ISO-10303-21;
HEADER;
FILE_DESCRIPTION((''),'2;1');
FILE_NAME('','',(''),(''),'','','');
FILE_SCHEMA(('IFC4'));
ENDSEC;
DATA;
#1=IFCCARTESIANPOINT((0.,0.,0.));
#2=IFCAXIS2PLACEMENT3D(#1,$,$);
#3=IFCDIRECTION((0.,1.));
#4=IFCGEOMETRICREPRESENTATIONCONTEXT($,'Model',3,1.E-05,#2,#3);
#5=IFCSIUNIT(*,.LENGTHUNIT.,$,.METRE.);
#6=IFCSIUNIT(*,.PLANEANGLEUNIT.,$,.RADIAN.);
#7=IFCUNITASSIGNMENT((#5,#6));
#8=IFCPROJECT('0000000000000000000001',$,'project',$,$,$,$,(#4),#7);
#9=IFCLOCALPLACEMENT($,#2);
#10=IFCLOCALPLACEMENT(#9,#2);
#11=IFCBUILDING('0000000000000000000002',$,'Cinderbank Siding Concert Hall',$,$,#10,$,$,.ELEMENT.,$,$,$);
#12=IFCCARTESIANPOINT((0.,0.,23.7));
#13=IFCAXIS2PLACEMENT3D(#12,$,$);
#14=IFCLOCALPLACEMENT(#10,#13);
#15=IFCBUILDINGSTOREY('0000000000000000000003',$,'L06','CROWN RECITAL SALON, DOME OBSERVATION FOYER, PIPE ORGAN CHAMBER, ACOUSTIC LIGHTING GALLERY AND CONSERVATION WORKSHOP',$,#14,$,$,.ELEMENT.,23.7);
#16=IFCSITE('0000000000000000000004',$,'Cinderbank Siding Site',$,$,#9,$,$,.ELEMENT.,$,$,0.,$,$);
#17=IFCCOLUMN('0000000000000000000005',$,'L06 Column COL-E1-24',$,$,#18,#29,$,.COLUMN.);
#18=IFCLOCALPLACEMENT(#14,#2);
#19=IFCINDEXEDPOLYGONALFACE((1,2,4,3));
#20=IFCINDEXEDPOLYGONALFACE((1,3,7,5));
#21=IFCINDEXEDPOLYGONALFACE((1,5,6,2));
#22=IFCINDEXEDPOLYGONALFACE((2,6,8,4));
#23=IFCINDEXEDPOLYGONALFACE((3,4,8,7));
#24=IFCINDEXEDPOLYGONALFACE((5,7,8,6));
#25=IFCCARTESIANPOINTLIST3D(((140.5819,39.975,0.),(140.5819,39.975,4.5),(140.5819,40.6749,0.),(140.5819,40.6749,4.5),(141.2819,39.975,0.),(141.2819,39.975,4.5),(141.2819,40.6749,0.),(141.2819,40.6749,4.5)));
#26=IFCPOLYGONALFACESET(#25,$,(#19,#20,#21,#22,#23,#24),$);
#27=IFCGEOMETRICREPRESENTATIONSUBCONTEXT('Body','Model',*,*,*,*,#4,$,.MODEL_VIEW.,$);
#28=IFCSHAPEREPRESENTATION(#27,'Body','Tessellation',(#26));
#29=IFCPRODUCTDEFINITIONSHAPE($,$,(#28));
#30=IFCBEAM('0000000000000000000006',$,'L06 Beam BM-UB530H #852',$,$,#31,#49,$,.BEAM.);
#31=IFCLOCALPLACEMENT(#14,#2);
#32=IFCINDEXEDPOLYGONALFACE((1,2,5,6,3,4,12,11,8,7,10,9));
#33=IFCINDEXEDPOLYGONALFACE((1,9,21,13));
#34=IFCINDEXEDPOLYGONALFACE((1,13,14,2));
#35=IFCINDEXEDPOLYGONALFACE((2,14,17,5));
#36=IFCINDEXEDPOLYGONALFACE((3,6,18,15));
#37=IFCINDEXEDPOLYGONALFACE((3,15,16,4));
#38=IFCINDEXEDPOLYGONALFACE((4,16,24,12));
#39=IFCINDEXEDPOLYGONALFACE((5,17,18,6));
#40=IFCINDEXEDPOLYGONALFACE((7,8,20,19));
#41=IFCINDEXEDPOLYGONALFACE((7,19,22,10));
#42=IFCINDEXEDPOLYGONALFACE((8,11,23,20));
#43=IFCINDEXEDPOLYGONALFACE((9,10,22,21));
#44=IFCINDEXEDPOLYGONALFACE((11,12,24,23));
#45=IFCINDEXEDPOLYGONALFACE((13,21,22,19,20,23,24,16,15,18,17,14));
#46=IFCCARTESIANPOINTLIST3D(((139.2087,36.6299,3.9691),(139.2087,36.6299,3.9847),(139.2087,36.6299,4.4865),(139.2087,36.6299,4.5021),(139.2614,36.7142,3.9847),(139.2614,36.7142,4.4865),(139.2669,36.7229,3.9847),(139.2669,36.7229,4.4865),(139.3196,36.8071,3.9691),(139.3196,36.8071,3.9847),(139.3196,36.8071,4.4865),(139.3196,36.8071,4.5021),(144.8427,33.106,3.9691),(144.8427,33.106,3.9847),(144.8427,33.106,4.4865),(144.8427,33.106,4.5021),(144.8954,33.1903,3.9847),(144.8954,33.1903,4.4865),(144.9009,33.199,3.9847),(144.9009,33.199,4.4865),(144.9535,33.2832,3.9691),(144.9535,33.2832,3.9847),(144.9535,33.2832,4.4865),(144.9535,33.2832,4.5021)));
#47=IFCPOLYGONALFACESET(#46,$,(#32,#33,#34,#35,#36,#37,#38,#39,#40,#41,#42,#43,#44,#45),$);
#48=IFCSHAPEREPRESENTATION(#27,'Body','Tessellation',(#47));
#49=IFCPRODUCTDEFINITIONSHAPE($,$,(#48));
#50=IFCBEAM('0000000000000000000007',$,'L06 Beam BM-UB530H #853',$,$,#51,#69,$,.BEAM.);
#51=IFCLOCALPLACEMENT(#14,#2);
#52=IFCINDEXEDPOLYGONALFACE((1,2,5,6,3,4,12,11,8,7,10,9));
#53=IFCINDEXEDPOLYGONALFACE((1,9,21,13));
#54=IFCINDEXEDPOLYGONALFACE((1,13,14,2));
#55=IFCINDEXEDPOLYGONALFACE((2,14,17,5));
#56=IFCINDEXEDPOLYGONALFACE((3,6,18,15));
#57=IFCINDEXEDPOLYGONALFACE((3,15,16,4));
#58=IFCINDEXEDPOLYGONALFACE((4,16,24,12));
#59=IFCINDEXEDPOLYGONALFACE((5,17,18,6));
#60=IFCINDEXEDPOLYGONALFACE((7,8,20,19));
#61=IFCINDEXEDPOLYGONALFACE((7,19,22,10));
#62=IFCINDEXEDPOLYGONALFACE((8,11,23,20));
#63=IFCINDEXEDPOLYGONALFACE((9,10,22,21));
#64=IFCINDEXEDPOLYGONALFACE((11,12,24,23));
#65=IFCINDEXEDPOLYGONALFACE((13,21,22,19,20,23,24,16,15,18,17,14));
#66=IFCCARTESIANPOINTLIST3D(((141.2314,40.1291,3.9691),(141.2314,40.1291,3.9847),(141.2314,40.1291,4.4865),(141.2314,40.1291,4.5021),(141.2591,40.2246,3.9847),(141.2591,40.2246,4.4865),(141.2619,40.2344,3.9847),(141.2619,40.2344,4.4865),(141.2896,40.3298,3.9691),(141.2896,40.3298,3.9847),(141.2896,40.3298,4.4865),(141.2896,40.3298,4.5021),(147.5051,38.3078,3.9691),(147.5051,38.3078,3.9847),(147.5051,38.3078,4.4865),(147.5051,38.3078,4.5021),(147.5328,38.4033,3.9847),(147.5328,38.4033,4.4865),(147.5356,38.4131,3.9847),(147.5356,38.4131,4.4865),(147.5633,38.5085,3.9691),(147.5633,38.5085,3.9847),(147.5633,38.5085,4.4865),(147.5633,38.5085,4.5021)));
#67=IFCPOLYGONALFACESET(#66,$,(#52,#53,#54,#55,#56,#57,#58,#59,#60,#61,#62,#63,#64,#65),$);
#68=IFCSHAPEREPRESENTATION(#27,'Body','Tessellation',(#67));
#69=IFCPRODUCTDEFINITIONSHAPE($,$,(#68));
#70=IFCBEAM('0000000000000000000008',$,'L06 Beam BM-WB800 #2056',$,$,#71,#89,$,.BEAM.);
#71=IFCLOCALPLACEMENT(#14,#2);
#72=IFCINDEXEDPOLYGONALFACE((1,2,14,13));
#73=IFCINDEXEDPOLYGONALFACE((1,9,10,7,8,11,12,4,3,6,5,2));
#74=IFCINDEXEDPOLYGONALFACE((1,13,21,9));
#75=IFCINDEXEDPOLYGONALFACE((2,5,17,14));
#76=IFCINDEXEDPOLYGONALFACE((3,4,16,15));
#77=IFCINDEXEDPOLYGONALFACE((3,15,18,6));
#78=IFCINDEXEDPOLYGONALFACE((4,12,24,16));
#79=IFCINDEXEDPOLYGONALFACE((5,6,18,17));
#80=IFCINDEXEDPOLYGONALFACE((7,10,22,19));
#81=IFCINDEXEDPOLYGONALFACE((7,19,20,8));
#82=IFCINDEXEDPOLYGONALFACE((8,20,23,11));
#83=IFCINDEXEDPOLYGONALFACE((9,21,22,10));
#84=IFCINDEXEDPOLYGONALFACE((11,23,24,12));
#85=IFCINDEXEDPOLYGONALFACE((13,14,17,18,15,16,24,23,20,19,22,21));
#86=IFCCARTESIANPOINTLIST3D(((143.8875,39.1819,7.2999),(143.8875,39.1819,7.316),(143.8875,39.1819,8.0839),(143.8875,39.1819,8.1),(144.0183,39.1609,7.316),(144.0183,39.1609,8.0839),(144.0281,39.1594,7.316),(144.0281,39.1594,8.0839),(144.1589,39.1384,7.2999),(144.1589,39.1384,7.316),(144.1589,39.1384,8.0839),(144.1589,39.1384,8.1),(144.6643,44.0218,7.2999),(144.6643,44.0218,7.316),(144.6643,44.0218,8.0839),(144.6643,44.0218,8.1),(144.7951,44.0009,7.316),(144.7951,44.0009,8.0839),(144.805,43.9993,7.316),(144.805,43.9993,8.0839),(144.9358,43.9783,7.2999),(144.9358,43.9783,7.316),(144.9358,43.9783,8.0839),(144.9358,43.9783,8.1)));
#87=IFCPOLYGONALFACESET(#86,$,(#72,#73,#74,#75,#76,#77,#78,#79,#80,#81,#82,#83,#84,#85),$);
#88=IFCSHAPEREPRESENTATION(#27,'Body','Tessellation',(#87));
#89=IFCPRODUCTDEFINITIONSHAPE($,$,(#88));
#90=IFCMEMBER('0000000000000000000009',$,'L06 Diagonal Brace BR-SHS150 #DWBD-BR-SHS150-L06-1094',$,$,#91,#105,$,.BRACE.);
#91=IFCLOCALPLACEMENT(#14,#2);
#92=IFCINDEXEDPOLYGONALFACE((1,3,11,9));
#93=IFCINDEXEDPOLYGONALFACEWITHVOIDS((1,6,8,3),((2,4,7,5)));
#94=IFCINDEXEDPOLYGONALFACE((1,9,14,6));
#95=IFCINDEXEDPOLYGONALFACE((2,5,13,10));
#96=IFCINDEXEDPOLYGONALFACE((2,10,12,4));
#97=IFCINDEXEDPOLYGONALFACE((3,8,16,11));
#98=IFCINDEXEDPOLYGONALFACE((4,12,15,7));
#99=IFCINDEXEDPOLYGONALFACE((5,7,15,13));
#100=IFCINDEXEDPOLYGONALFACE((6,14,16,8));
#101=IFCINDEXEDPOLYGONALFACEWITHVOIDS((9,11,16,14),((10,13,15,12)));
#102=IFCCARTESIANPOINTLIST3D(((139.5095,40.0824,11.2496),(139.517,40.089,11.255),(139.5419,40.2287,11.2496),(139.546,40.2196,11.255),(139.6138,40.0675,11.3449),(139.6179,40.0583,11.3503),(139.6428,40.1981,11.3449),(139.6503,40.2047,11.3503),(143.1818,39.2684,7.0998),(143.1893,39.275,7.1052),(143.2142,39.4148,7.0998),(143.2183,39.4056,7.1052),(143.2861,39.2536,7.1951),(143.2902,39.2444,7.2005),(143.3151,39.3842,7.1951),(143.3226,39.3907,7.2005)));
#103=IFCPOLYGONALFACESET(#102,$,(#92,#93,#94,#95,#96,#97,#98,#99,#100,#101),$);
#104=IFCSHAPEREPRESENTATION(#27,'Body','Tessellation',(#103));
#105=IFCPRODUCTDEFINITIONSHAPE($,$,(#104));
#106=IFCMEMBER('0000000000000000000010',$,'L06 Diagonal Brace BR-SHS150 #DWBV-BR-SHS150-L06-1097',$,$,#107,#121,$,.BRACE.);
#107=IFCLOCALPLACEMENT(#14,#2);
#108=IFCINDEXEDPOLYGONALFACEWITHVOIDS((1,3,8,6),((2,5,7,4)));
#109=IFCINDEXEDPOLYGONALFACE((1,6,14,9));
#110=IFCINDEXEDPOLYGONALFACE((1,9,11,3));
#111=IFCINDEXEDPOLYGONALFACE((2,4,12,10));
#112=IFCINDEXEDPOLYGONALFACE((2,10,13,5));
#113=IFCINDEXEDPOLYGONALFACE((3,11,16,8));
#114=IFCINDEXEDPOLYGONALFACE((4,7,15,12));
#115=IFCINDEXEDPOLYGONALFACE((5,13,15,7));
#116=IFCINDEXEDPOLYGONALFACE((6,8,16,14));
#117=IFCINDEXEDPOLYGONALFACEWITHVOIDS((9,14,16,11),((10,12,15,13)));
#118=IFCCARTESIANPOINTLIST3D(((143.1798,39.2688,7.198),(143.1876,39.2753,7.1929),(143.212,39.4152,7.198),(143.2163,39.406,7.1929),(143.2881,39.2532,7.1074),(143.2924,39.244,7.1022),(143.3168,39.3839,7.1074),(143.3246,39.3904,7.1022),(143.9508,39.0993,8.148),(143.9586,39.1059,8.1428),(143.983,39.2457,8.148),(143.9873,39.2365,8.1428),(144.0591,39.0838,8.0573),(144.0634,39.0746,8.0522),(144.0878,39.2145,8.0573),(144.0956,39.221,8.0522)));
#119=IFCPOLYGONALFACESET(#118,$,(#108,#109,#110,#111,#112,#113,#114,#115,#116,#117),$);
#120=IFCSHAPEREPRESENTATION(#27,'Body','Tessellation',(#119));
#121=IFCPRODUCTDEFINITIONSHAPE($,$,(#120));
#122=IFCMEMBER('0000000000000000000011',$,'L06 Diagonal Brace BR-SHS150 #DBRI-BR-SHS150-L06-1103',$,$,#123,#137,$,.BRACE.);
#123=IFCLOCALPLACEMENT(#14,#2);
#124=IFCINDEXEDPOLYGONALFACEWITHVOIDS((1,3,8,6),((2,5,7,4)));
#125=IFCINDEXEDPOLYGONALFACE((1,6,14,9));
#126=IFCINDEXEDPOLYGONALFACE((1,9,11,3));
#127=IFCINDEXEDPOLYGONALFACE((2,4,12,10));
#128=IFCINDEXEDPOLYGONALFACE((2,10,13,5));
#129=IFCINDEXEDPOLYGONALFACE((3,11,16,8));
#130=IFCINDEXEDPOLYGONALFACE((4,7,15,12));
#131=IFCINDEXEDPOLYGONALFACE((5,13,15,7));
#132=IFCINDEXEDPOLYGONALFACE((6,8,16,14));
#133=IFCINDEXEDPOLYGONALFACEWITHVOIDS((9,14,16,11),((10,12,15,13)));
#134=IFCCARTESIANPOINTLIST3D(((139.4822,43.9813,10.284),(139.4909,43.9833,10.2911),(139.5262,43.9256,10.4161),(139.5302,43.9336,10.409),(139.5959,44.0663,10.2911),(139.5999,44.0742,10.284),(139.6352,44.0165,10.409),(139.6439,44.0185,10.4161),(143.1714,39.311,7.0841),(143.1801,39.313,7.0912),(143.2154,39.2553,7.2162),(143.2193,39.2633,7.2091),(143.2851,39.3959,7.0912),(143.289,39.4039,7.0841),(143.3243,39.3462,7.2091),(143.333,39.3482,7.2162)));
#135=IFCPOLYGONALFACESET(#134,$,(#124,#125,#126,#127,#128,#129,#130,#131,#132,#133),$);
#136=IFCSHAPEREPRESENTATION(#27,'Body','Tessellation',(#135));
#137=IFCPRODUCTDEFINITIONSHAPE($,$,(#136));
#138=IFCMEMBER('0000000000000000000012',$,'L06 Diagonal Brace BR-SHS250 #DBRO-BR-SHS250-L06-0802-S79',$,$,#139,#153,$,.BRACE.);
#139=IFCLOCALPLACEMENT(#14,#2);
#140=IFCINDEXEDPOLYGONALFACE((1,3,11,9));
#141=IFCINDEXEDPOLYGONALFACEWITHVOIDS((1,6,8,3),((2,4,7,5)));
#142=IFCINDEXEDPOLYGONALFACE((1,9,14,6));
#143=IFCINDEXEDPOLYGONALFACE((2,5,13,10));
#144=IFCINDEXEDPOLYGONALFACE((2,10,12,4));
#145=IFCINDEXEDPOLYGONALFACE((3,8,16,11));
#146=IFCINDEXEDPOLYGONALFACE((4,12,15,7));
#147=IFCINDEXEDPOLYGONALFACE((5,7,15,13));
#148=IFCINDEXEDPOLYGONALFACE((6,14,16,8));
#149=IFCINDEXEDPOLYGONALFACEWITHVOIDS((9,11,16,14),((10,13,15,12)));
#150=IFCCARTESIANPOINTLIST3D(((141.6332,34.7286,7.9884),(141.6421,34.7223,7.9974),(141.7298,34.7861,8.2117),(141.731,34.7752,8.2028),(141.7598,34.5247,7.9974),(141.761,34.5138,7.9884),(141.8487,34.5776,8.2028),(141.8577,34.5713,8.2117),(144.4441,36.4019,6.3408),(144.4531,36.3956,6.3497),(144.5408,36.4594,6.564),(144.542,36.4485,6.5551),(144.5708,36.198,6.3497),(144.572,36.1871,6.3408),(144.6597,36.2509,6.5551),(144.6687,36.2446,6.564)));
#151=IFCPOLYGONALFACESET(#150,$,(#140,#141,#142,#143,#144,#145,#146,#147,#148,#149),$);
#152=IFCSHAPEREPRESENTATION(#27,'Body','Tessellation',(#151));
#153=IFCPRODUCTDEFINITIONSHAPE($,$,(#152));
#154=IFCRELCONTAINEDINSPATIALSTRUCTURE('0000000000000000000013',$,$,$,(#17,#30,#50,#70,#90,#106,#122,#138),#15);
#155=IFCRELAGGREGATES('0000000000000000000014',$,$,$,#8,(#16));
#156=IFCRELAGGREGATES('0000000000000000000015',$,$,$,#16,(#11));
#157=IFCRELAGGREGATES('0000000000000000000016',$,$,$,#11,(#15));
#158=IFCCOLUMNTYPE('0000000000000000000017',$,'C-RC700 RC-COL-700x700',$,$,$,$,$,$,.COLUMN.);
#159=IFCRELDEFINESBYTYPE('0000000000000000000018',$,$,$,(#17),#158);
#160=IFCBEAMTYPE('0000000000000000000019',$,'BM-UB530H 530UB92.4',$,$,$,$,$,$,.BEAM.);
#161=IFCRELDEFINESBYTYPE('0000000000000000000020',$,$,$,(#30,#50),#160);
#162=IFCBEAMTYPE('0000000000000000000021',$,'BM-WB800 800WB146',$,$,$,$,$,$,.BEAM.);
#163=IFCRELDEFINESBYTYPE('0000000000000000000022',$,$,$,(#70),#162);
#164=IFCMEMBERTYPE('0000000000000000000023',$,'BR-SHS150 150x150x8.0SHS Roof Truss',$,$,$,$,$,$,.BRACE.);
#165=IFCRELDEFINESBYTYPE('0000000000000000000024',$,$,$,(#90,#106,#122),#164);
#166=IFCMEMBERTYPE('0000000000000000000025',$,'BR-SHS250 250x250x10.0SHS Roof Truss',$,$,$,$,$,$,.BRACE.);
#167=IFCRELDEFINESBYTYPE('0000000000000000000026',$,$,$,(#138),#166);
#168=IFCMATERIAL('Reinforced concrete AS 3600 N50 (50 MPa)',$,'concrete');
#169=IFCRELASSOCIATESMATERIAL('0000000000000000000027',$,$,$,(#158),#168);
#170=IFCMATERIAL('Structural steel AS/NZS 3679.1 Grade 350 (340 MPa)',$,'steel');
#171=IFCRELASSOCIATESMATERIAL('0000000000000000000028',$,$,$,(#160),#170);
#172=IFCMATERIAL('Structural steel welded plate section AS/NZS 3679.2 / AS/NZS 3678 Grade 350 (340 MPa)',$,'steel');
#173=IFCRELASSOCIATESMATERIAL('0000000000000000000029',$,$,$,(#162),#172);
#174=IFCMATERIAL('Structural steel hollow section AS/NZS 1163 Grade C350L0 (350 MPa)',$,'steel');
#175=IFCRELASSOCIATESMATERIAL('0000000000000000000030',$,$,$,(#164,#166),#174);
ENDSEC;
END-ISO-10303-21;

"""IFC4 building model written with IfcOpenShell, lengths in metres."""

from ifc_helpers import new_model, si_unit, direction, frame, origin, origin_2d, place, context, subcontext, project, spatial, rectangle, hollow_rectangle, i_section, extrude, material, material_profile, profile_set, type_object, element, save


model = new_model("IFC4")

# Units and contexts
model_context = context("Model", 3, precision=1e-05, world=origin(), true_north=direction((0.0, 1.0)))
body_context = subcontext(model_context, "Body", "Model", "MODEL_VIEW")
ifc_project = project(units=[si_unit("LENGTHUNIT", "METRE"), si_unit("PLANEANGLEUNIT", "RADIAN")], contexts=[model_context])

# Site, building, storey
site_placement = place(None, origin())
site = spatial("IfcSite", under=ifc_project, at=site_placement, Name="Cinderbank Siding Site", CompositionType="ELEMENT", RefElevation=0.0)
building_placement = place(site_placement, origin())
building = spatial("IfcBuilding", under=site, at=building_placement, Name="Cinderbank Siding Concert Hall", CompositionType="ELEMENT")
storey_placement = place(building_placement, frame((0.0, 0.0, 23.7)))
storey = spatial("IfcBuildingStorey", under=building, at=storey_placement, Name="L06", Description="CROWN RECITAL SALON, DOME OBSERVATION FOYER, PIPE ORGAN CHAMBER, ACOUSTIC LIGHTING GALLERY AND CONSERVATION WORKSHOP", CompositionType="ELEMENT", Elevation=23.7)

# Column
ifc_material_1 = material(Name="Reinforced concrete AS 3600 N50 (50 MPa)", Category="concrete")
ifc_material_profile_1 = material_profile(ifc_material_1, rectangle(XDim=0.7, YDim=0.7, at=origin_2d()), Name="RC-COL-700x700", Category="LoadBearing")
ifc_profile_set_1 = profile_set([ifc_material_profile_1], Name="Reinforced concrete AS 3600 N50 (50 MPa)")
column_type = type_object("IfcColumnType", Name="C-RC700 RC-COL-700x700", PredefinedType="COLUMN", material=ifc_profile_set_1)
column_placement = place(storey_placement, frame((140.9319, 40.325, 0.0), z_axis=(0.0, 0.0, 1.0), x_axis=(1.0, 0.0, 0.0)))
element("IfcColumn", 1, at=column_placement, inside=storey, type_object=column_type, Name="L06 Column COL-E1-24", PredefinedType="COLUMN", context=body_context, shape_type="SweptSolid", body=[
    extrude(rectangle(XDim=0.7, YDim=0.7, at=origin_2d()), origin(), (0.0, 0.0, 1.0), 4.5),
])

# Beams
ifc_material_2 = material(Name="Structural steel AS/NZS 3679.1 Grade 350 (340 MPa)", Category="steel")
ifc_material_profile_2 = material_profile(ifc_material_2, i_section(OverallWidth=0.209, OverallDepth=0.533, WebThickness=0.0103, FlangeThickness=0.0156, at=origin_2d()), Name="530UB92.4", Category="LoadBearing")
ifc_profile_set_2 = profile_set([ifc_material_profile_2], Name="Structural steel AS/NZS 3679.1 Grade 350 (340 MPa)")
beam_type_1 = type_object("IfcBeamType", Name="BM-UB530H 530UB92.4", PredefinedType="BEAM", material=ifc_profile_set_2)
beam_1_placement = place(storey_placement, frame((139.2642, 36.7185, 4.2356), z_axis=(0.847819, -0.530286, 0.0), x_axis=(0.530286, 0.847819, 0.0)))
element("IfcBeam", 2, at=beam_1_placement, inside=storey, type_object=beam_type_1, Name="L06 Beam BM-UB530H #852", PredefinedType="BEAM", context=body_context, shape_type="SweptSolid", body=[
    extrude(i_section(OverallWidth=0.209, OverallDepth=0.533, WebThickness=0.0103, FlangeThickness=0.0156, at=origin_2d()), origin(), (0.0, 0.0, 1.0), 6.6453),
])
beam_2_placement = place(storey_placement, frame((141.2605, 40.2295, 4.2356), z_axis=(0.96035, -0.278796, 0.0), x_axis=(0.278796, 0.96035, 0.0)))
element("IfcBeam", 3, at=beam_2_placement, inside=storey, type_object=beam_type_1, Name="L06 Beam BM-UB530H #853", PredefinedType="BEAM", context=body_context, shape_type="SweptSolid", body=[
    extrude(i_section(OverallWidth=0.209, OverallDepth=0.533, WebThickness=0.0103, FlangeThickness=0.0156, at=origin_2d()), origin(), (0.0, 0.0, 1.0), 6.5327),
])
ifc_material_3 = material(Name="Structural steel welded plate section AS/NZS 3679.2 / AS/NZS 3678 Grade 350 (340 MPa)", Category="steel")
ifc_material_profile_3 = material_profile(ifc_material_3, i_section(OverallWidth=0.2749, OverallDepth=0.8, WebThickness=0.01, FlangeThickness=0.0161, at=origin_2d()), Name="800WB146", Category="LoadBearing")
ifc_profile_set_3 = profile_set([ifc_material_profile_3], Name="Structural steel welded plate section AS/NZS 3679.2 / AS/NZS 3678 Grade 350 (340 MPa)")
beam_type_2 = type_object("IfcBeamType", Name="BM-WB800 800WB146", PredefinedType="BEAM", material=ifc_profile_set_3)
beam_3_placement = place(storey_placement, frame((144.0232, 39.1602, 7.7), z_axis=(0.158484, 0.987362, 0.0), x_axis=(-0.987362, 0.158484, 0.0)))
element("IfcBeam", 4, at=beam_3_placement, inside=storey, type_object=beam_type_2, Name="L06 Beam BM-WB800 #2056", PredefinedType="BEAM", context=body_context, shape_type="SweptSolid", body=[
    extrude(i_section(OverallWidth=0.2749, OverallDepth=0.8, WebThickness=0.01, FlangeThickness=0.0161, at=origin_2d()), origin(), (0.0, 0.0, 1.0), 4.9019),
])

# Members
ifc_material_4 = material(Name="Structural steel hollow section AS/NZS 1163 Grade C350L0 (350 MPa)", Category="steel")
ifc_material_profile_4 = material_profile(ifc_material_4, hollow_rectangle(XDim=0.1499, YDim=0.1499, WallThickness=0.0081, at=origin_2d()), Name="150x150x8.0SHS", Category="LoadBearing")
ifc_profile_set_4 = profile_set([ifc_material_profile_4], Name="Structural steel hollow section AS/NZS 1163 Grade C350L0 (350 MPa)")
member_type_1 = type_object("IfcMemberType", Name="BR-SHS150 150x150x8.0SHS Roof Truss", PredefinedType="BRACE", material=ifc_profile_set_4)
member_1_placement = place(storey_placement, frame((143.2522, 39.3296, 7.1501), z_axis=(-0.65567, 0.145327, 0.74093), x_axis=(-0.216394, -0.976306, 0.0)))
element("IfcMember", 5, at=member_1_placement, inside=storey, type_object=member_type_1, Name="L06 Diagonal Brace BR-SHS150 #DWBD-BR-SHS150-L06-1094", PredefinedType="BRACE", context=body_context, shape_type="SweptSolid", body=[
    extrude(hollow_rectangle(XDim=0.1499, YDim=0.1499, WallThickness=0.0081, at=origin_2d()), origin(), (0.0, 0.0, 1.0), 5.6008),
])
member_2_placement = place(storey_placement, frame((143.2522, 39.3296, 7.1501), z_axis=(0.624222, -0.137179, 0.769109), x_axis=(0.214638, 0.976694, 0.0)))
element("IfcMember", 6, at=member_2_placement, inside=storey, type_object=member_type_1, Name="L06 Diagonal Brace BR-SHS150 #DWBV-BR-SHS150-L06-1097", PredefinedType="BRACE", context=body_context, shape_type="SweptSolid", body=[
    extrude(hollow_rectangle(XDim=0.1499, YDim=0.1499, WallThickness=0.0081, at=origin_2d()), origin(), (0.0, 0.0, 1.0), 1.2351),
])
member_3_placement = place(storey_placement, frame((143.2522, 39.3296, 7.1501), z_axis=(-0.54595, 0.691153, 0.473547), x_axis=(-0.784716, -0.619856, 0.0)))
element("IfcMember", 7, at=member_3_placement, inside=storey, type_object=member_type_1, Name="L06 Diagonal Brace BR-SHS150 #DBRI-BR-SHS150-L06-1103", PredefinedType="BRACE", context=body_context, shape_type="SweptSolid", body=[
    extrude(hollow_rectangle(XDim=0.1499, YDim=0.1499, WallThickness=0.0081, at=origin_2d()), origin(), (0.0, 0.0, 1.0), 6.7573),
])
ifc_material_profile_5 = material_profile(ifc_material_4, hollow_rectangle(XDim=0.25, YDim=0.25, WallThickness=0.01, at=origin_2d()), Name="250x250x10.0SHS", Category="LoadBearing")
ifc_profile_set_5 = profile_set([ifc_material_profile_5], Name="Structural steel hollow section AS/NZS 1163 Grade C350L0 (350 MPa)")
member_type_2 = type_object("IfcMemberType", Name="BR-SHS250 250x250x10.0SHS Roof Truss", PredefinedType="BRACE", material=ifc_profile_set_5)
member_4_placement = place(storey_placement, frame((144.5564, 36.3232, 6.4524), z_axis=(-0.767432, -0.456833, 0.449835), x_axis=(0.511507, -0.859279, 0.0)))
element("IfcMember", 8, at=member_4_placement, inside=storey, type_object=member_type_2, Name="L06 Diagonal Brace BR-SHS250 #DBRO-BR-SHS250-L06-0802-S79", PredefinedType="BRACE", context=body_context, shape_type="SweptSolid", body=[
    extrude(hollow_rectangle(XDim=0.25, YDim=0.25, WallThickness=0.01, at=origin_2d()), origin(), (0.0, 0.0, 1.0), 3.6628),
])

save(model, "model.ifc")
